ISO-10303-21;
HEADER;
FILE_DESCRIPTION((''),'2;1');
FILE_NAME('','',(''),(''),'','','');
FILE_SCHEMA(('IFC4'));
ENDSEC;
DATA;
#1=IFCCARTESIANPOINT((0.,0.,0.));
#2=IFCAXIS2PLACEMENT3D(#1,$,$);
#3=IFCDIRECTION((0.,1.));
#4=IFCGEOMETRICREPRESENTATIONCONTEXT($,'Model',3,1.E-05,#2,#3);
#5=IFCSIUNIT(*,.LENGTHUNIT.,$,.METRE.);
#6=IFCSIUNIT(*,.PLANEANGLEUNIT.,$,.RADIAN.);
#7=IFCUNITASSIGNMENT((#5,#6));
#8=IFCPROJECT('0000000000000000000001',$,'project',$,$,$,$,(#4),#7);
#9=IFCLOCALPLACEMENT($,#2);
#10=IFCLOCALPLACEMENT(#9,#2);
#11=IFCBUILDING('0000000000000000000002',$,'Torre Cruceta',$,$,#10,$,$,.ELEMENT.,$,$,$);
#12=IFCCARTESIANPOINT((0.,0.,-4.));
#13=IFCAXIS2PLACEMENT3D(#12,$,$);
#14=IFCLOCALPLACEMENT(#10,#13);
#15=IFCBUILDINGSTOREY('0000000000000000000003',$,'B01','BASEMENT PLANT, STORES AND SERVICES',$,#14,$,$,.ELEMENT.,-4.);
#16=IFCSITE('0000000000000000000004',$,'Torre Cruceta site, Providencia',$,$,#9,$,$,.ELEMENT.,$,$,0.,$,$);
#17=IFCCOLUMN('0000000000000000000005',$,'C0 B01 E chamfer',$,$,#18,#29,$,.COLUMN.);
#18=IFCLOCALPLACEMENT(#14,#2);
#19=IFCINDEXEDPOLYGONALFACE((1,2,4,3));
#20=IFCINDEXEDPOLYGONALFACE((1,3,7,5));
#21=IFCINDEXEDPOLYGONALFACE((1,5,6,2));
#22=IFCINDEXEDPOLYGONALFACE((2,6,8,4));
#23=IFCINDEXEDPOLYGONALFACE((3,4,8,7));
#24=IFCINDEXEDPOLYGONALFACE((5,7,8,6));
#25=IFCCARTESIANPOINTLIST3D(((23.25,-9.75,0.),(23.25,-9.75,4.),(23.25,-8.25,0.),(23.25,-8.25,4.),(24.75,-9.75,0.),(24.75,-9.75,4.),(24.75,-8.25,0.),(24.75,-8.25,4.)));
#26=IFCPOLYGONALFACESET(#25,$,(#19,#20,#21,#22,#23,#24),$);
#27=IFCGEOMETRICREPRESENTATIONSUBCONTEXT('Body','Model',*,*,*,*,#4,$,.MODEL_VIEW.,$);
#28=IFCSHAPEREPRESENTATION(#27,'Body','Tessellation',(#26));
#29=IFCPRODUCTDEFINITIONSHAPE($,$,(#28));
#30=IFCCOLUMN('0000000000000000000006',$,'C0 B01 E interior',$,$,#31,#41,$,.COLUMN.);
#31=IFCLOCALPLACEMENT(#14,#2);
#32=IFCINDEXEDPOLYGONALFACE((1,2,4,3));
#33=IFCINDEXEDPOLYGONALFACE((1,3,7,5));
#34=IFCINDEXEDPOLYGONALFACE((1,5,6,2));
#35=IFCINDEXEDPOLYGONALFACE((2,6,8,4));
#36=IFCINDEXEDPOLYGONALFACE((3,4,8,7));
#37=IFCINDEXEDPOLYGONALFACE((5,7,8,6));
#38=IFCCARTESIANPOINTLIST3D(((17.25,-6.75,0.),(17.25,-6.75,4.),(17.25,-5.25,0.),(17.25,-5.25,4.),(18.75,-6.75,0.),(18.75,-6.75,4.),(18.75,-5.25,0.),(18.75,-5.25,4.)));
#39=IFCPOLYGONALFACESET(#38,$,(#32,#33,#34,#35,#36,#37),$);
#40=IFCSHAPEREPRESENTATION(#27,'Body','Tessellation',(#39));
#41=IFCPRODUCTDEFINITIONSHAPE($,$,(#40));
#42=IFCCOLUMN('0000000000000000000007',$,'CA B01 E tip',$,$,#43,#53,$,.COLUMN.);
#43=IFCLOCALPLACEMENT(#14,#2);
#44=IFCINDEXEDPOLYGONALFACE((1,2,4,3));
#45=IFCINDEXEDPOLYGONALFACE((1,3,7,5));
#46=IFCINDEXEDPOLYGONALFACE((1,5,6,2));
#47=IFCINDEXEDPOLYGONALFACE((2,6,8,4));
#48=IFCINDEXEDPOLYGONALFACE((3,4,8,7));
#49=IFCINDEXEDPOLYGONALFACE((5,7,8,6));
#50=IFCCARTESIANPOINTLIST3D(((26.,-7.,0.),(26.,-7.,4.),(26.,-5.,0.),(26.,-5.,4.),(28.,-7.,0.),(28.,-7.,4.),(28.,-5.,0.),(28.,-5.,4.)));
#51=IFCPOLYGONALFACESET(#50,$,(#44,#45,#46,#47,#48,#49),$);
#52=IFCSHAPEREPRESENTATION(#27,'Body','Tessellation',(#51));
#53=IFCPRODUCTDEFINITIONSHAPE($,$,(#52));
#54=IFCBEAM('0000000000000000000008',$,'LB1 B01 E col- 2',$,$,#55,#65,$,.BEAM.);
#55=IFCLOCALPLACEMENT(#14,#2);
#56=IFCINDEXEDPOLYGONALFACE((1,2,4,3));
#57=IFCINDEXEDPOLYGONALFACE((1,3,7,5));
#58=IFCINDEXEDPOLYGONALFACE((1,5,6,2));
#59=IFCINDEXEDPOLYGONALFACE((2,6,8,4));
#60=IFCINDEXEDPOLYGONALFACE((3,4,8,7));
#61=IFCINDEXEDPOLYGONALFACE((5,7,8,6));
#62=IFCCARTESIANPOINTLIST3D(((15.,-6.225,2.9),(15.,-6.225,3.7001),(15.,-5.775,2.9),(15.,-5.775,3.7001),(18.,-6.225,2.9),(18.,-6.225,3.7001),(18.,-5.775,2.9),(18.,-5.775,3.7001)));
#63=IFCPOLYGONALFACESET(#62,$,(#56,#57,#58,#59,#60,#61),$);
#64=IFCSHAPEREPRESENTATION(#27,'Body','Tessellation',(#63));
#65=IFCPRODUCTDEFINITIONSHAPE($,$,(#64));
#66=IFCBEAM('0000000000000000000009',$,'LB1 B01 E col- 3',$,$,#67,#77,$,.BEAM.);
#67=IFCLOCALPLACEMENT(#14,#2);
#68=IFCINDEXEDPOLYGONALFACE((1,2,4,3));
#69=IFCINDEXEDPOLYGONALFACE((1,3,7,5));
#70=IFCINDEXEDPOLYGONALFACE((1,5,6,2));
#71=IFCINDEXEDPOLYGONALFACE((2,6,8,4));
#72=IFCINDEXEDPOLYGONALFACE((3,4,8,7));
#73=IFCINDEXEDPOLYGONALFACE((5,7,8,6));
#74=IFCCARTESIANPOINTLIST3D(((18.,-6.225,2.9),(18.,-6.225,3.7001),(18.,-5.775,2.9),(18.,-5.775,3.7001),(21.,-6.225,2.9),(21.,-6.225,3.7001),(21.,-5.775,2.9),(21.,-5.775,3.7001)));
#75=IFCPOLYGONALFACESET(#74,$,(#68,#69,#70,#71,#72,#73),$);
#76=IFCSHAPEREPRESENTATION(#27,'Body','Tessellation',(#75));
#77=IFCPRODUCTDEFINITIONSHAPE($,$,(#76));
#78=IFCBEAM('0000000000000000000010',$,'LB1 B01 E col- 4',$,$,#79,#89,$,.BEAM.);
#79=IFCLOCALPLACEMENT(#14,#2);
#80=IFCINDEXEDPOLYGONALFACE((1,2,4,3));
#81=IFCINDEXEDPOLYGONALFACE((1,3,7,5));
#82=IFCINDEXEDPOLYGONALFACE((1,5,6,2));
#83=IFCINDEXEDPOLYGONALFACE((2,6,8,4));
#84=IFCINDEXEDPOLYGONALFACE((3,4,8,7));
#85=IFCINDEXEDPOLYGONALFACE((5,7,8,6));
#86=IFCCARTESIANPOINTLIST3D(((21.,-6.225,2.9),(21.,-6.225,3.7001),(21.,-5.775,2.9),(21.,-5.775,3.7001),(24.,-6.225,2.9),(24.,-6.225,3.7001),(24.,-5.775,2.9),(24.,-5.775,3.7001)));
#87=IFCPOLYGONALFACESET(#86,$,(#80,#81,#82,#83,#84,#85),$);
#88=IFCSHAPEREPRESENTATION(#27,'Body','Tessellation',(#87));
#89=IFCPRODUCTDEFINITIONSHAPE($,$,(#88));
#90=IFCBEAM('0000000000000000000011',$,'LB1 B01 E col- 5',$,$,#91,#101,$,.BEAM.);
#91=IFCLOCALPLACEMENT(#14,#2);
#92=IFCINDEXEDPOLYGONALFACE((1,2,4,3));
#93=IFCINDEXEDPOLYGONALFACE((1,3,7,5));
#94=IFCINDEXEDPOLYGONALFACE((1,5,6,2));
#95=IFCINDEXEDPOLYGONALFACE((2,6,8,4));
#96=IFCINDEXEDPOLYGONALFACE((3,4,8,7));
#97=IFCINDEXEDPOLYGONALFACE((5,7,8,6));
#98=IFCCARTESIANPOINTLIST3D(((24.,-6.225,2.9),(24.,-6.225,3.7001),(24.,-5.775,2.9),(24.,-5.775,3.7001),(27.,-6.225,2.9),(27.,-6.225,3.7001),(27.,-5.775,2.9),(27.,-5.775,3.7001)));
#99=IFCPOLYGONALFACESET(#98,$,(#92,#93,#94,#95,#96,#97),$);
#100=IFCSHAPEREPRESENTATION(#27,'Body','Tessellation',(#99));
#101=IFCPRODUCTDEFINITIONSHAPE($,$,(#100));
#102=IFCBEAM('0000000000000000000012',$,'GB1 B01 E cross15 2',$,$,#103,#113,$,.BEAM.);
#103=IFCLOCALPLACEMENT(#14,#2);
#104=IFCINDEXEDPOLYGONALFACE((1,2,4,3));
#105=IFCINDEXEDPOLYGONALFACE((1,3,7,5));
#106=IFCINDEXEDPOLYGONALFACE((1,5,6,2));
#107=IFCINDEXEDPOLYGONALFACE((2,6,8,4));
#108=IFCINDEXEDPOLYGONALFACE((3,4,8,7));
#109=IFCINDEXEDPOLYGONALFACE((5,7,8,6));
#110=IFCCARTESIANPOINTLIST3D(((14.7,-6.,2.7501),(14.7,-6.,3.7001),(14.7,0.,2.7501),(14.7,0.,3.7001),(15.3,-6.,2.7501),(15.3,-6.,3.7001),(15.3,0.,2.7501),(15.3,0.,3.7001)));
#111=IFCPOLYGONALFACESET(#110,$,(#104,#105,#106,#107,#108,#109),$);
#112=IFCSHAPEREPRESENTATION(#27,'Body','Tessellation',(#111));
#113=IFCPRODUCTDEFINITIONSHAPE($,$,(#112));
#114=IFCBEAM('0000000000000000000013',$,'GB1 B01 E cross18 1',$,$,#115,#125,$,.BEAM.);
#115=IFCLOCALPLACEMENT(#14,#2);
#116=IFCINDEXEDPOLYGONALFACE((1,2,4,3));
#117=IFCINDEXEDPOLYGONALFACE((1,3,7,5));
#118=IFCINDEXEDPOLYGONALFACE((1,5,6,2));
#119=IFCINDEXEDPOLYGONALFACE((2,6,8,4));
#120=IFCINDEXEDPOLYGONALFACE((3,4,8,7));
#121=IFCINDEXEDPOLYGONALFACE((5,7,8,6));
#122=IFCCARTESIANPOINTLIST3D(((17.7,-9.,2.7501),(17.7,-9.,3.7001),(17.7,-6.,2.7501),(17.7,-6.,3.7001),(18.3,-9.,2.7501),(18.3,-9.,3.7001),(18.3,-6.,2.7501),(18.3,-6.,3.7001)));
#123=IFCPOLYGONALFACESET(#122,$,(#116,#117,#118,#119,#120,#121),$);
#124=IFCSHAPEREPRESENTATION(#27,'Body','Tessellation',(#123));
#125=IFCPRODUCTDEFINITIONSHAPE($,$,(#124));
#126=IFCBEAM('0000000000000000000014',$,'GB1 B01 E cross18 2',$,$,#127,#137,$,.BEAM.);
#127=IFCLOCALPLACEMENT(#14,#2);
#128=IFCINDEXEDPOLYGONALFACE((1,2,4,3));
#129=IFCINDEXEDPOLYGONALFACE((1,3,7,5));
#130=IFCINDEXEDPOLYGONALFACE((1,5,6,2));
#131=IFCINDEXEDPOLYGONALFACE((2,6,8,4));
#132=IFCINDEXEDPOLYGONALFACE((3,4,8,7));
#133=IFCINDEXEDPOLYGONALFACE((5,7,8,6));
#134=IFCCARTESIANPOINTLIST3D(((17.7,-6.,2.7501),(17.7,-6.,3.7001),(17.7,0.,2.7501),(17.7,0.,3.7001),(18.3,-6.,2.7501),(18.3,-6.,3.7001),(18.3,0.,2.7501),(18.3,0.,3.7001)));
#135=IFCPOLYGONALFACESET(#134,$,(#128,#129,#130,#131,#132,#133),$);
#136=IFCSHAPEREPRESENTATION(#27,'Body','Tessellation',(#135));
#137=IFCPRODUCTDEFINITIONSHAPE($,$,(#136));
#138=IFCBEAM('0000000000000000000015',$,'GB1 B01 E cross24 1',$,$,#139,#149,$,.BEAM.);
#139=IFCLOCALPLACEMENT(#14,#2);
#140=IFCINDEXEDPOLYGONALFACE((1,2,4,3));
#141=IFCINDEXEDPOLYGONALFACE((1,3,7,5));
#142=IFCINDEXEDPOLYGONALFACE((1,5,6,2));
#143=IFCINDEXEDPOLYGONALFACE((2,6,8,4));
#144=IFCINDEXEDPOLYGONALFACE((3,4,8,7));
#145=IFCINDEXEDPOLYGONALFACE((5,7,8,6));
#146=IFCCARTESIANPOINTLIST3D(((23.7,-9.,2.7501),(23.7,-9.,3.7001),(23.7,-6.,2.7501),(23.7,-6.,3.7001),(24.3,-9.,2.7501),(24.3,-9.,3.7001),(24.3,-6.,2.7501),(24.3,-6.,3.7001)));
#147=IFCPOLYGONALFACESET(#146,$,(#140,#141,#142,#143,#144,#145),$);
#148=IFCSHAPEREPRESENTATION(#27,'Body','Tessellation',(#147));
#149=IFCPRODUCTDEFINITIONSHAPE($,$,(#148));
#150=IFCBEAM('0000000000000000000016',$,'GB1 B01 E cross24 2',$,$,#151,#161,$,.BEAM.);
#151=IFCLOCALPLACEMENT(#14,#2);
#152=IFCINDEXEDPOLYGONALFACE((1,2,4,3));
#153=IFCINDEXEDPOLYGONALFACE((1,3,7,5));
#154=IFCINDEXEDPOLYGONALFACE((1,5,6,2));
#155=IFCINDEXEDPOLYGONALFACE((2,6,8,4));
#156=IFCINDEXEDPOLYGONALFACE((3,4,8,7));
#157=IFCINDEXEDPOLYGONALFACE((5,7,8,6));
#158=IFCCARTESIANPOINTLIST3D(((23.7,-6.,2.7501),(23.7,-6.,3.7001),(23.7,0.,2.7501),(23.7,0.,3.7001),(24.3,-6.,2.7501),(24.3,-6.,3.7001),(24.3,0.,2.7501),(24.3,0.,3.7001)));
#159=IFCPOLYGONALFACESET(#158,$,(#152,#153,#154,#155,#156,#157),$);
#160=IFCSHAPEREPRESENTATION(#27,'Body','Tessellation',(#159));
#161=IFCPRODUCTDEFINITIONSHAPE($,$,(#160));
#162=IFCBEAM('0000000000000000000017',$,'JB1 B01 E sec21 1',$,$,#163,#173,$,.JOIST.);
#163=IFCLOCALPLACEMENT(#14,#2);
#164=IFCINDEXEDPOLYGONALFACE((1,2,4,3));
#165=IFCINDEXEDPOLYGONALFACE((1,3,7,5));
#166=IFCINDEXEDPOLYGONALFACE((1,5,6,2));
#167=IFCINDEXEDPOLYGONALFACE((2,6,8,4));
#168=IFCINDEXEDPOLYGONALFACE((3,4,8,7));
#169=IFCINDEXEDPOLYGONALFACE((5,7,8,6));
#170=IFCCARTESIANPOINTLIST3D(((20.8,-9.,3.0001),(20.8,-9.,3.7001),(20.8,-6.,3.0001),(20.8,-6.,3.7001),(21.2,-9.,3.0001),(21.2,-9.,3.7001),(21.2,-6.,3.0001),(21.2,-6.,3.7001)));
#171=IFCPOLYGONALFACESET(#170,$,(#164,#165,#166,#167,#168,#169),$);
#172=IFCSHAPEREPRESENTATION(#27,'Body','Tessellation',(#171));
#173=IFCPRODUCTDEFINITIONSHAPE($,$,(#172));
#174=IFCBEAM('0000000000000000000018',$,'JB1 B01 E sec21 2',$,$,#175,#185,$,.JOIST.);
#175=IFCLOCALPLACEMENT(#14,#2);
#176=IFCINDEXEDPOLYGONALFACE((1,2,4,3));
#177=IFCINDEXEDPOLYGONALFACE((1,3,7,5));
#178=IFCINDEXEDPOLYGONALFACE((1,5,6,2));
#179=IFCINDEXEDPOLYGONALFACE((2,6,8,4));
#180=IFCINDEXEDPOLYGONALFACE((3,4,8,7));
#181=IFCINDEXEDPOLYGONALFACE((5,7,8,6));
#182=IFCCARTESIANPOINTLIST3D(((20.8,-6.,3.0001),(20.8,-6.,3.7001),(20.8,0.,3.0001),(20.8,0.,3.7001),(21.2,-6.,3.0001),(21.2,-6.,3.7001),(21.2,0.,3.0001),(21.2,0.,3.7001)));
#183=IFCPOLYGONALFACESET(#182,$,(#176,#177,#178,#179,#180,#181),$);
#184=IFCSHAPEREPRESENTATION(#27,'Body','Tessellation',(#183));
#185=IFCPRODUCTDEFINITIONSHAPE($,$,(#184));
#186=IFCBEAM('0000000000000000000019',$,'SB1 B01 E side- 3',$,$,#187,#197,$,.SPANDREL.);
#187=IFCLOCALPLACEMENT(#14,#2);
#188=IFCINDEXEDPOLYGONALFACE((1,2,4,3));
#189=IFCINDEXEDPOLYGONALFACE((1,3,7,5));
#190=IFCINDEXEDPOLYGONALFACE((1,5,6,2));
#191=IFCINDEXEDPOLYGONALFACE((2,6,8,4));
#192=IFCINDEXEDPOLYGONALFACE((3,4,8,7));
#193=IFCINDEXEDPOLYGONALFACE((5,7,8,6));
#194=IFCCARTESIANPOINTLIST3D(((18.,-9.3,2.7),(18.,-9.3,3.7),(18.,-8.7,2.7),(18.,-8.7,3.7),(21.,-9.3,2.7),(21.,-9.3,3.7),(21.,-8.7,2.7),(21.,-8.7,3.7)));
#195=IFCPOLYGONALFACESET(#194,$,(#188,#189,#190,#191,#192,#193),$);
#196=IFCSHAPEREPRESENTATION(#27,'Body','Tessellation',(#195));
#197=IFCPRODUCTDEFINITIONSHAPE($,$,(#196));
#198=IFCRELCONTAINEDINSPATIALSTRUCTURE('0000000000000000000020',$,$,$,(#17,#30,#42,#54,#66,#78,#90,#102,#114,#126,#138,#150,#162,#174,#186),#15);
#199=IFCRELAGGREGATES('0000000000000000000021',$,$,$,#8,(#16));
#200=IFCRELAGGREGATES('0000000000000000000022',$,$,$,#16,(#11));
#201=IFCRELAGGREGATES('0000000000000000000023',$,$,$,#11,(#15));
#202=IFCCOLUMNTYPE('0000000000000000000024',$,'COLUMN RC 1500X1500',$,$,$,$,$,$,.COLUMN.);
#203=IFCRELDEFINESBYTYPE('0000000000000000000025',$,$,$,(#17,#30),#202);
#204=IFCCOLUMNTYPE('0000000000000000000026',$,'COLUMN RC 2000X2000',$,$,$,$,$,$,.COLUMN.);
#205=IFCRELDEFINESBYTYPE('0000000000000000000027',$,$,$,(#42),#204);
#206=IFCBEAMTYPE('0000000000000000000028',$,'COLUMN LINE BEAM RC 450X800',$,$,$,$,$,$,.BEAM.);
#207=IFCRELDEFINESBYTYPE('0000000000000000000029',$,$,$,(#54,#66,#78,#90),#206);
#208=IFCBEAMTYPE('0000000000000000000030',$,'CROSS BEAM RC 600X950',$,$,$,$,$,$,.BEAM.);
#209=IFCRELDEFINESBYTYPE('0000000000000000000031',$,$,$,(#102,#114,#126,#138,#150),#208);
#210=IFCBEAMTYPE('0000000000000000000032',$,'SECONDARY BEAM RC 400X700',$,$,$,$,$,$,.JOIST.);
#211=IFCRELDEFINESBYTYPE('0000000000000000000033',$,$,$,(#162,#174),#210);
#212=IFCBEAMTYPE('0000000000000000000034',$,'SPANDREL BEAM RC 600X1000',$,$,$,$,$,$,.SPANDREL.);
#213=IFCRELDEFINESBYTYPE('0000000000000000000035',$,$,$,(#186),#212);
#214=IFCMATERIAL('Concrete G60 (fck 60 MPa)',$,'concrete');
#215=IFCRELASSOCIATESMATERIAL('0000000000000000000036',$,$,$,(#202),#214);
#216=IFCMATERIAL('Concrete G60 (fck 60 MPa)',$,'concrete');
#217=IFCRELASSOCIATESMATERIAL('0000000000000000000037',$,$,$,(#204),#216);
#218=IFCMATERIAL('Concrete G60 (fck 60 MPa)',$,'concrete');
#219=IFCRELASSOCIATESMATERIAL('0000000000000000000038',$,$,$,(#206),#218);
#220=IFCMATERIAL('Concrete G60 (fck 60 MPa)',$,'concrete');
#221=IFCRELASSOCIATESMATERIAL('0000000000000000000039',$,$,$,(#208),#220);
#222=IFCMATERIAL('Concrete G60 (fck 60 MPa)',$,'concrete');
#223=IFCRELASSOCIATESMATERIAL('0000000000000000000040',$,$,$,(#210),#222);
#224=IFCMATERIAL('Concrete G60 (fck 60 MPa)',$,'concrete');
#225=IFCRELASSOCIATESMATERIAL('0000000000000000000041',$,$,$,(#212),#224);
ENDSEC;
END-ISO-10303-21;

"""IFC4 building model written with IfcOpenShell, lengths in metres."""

from ifc_helpers import new_model, si_unit, direction, frame, origin, origin_2d, place, context, subcontext, project, spatial, rectangle, extrude, material, material_profile, profile_set, type_object, element, save


model = new_model("IFC4")

# Units and contexts
model_context = context("Model", 3, precision=1e-05, world=origin(), true_north=direction((0.0, 1.0)))
body_context = subcontext(model_context, "Body", "Model", "MODEL_VIEW")
ifc_project = project(units=[si_unit("LENGTHUNIT", "METRE"), si_unit("PLANEANGLEUNIT", "RADIAN")], contexts=[model_context])

# Site, building, storey
site_placement = place(None, origin())
site = spatial("IfcSite", under=ifc_project, at=site_placement, Name="Torre Cruceta site, Providencia", CompositionType="ELEMENT", RefElevation=0.0)
building_placement = place(site_placement, origin())
building = spatial("IfcBuilding", under=site, at=building_placement, Name="Torre Cruceta", CompositionType="ELEMENT")
storey_placement = place(building_placement, frame((0.0, 0.0, -4.0)))
storey = spatial("IfcBuildingStorey", under=building, at=storey_placement, Name="B01", Description="BASEMENT PLANT, STORES AND SERVICES", CompositionType="ELEMENT", Elevation=-4.0)

# Columns
ifc_material_1 = material(Name="Concrete G60 (fck 60 MPa)", Category="concrete")
ifc_material_profile_1 = material_profile(ifc_material_1, rectangle(XDim=1.5, YDim=1.5, at=origin_2d()), Name="RC 1500X1500")
ifc_profile_set_1 = profile_set([ifc_material_profile_1], Name="Concrete G60 (fck 60 MPa)")
column_type_1 = type_object("IfcColumnType", Name="COLUMN RC 1500X1500", PredefinedType="COLUMN", material=ifc_profile_set_1)
for number, where, z_axis, x_axis, name in (
    (1, (24.0, -9.0, 0.0), (0.0, 0.0, 1.0), (1.0, 0.0, 0.0), "C0 B01 E chamfer"),
    (2, (18.0, -6.0, 0.0), (0.0, 0.0, 1.0), (1.0, 0.0, 0.0), "C0 B01 E interior"),
):
    element("IfcColumn", number, at=place(storey_placement, frame(where, z_axis=z_axis, x_axis=x_axis)), inside=storey, type_object=column_type_1, Name=name, PredefinedType="COLUMN", context=body_context, shape_type="SweptSolid", body=[
        extrude(rectangle(XDim=1.5, YDim=1.5, at=origin_2d()), origin(), (0.0, 0.0, 1.0), 4.0),
    ])
ifc_material_2 = material(Name="Concrete G60 (fck 60 MPa)", Category="concrete")
ifc_material_profile_2 = material_profile(ifc_material_2, rectangle(XDim=2.0, YDim=2.0, at=origin_2d()), Name="RC 2000X2000")
ifc_profile_set_2 = profile_set([ifc_material_profile_2], Name="Concrete G60 (fck 60 MPa)")
column_type_2 = type_object("IfcColumnType", Name="COLUMN RC 2000X2000", PredefinedType="COLUMN", material=ifc_profile_set_2)
column_placement = place(storey_placement, frame((27.0, -6.0, 0.0), z_axis=(0.0, 0.0, 1.0), x_axis=(1.0, 0.0, 0.0)))
element("IfcColumn", 3, at=column_placement, inside=storey, type_object=column_type_2, Name="CA B01 E tip", PredefinedType="COLUMN", context=body_context, shape_type="SweptSolid", body=[
    extrude(rectangle(XDim=2.0, YDim=2.0, at=origin_2d()), origin(), (0.0, 0.0, 1.0), 4.0),
])

# Beams
ifc_material_3 = material(Name="Concrete G60 (fck 60 MPa)", Category="concrete")
ifc_material_profile_3 = material_profile(ifc_material_3, rectangle(XDim=0.45, YDim=0.8, at=origin_2d()), Name="RC 450X800")
ifc_profile_set_3 = profile_set([ifc_material_profile_3], Name="Concrete G60 (fck 60 MPa)")
beam_type_1 = type_object("IfcBeamType", Name="COLUMN LINE BEAM RC 450X800", PredefinedType="BEAM", material=ifc_profile_set_3)
for number, where, z_axis, x_axis, name in (
    (4, (15.0, -6.0, 3.3), (1.0, 0.0, 0.0), (0.0, 1.0, 0.0), "LB1 B01 E col- 2"),
    (5, (18.0, -6.0, 3.3), (1.0, 0.0, 0.0), (0.0, 1.0, 0.0), "LB1 B01 E col- 3"),
    (6, (21.0, -6.0, 3.3), (1.0, 0.0, 0.0), (0.0, 1.0, 0.0), "LB1 B01 E col- 4"),
    (7, (24.0, -6.0, 3.3), (1.0, 0.0, 0.0), (0.0, 1.0, 0.0), "LB1 B01 E col- 5"),
):
    element("IfcBeam", number, at=place(storey_placement, frame(where, z_axis=z_axis, x_axis=x_axis)), inside=storey, type_object=beam_type_1, Name=name, PredefinedType="BEAM", context=body_context, shape_type="SweptSolid", body=[
        extrude(rectangle(XDim=0.45, YDim=0.8, at=origin_2d()), origin(), (0.0, 0.0, 1.0), 3.0),
    ])
ifc_material_4 = material(Name="Concrete G60 (fck 60 MPa)", Category="concrete")
ifc_material_profile_4 = material_profile(ifc_material_4, rectangle(XDim=0.6001, YDim=0.95, at=origin_2d()), Name="RC 600X950")
ifc_profile_set_4 = profile_set([ifc_material_profile_4], Name="Concrete G60 (fck 60 MPa)")
beam_type_2 = type_object("IfcBeamType", Name="CROSS BEAM RC 600X950", PredefinedType="BEAM", material=ifc_profile_set_4)
beam_1_placement = place(storey_placement, frame((15.0, -6.0, 3.2251), z_axis=(0.0, 1.0, 0.0), x_axis=(-1.0, 0.0, 0.0)))
element("IfcBeam", 8, at=beam_1_placement, inside=storey, type_object=beam_type_2, Name="GB1 B01 E cross15 2", PredefinedType="BEAM", context=body_context, shape_type="SweptSolid", body=[
    extrude(rectangle(XDim=0.6001, YDim=0.95, at=origin_2d()), origin(), (0.0, 0.0, 1.0), 6.0),
])
beam_2_placement = place(storey_placement, frame((18.0, -9.0, 3.2251), z_axis=(0.0, 1.0, 0.0), x_axis=(-1.0, 0.0, 0.0)))
element("IfcBeam", 9, at=beam_2_placement, inside=storey, type_object=beam_type_2, Name="GB1 B01 E cross18 1", PredefinedType="BEAM", context=body_context, shape_type="SweptSolid", body=[
    extrude(rectangle(XDim=0.6001, YDim=0.95, at=origin_2d()), origin(), (0.0, 0.0, 1.0), 3.0),
])
beam_3_placement = place(storey_placement, frame((18.0, -6.0, 3.2251), z_axis=(0.0, 1.0, 0.0), x_axis=(-1.0, 0.0, 0.0)))
element("IfcBeam", 10, at=beam_3_placement, inside=storey, type_object=beam_type_2, Name="GB1 B01 E cross18 2", PredefinedType="BEAM", context=body_context, shape_type="SweptSolid", body=[
    extrude(rectangle(XDim=0.6001, YDim=0.95, at=origin_2d()), origin(), (0.0, 0.0, 1.0), 6.0),
])
beam_4_placement = place(storey_placement, frame((24.0, -9.0, 3.2251), z_axis=(0.0, 1.0, 0.0), x_axis=(-1.0, 0.0, 0.0)))
element("IfcBeam", 11, at=beam_4_placement, inside=storey, type_object=beam_type_2, Name="GB1 B01 E cross24 1", PredefinedType="BEAM", context=body_context, shape_type="SweptSolid", body=[
    extrude(rectangle(XDim=0.6001, YDim=0.95, at=origin_2d()), origin(), (0.0, 0.0, 1.0), 3.0),
])
beam_5_placement = place(storey_placement, frame((24.0, -6.0, 3.2251), z_axis=(0.0, 1.0, 0.0), x_axis=(-1.0, 0.0, 0.0)))
element("IfcBeam", 12, at=beam_5_placement, inside=storey, type_object=beam_type_2, Name="GB1 B01 E cross24 2", PredefinedType="BEAM", context=body_context, shape_type="SweptSolid", body=[
    extrude(rectangle(XDim=0.6001, YDim=0.95, at=origin_2d()), origin(), (0.0, 0.0, 1.0), 6.0),
])
ifc_material_5 = material(Name="Concrete G60 (fck 60 MPa)", Category="concrete")
ifc_material_profile_5 = material_profile(ifc_material_5, rectangle(XDim=0.3999, YDim=0.7, at=origin_2d()), Name="RC 400X700")
ifc_profile_set_5 = profile_set([ifc_material_profile_5], Name="Concrete G60 (fck 60 MPa)")
beam_type_3 = type_object("IfcBeamType", Name="SECONDARY BEAM RC 400X700", PredefinedType="JOIST", material=ifc_profile_set_5)
beam_6_placement = place(storey_placement, frame((21.0, -9.0, 3.3501), z_axis=(0.0, 1.0, 0.0), x_axis=(-1.0, 0.0, 0.0)))
element("IfcBeam", 13, at=beam_6_placement, inside=storey, type_object=beam_type_3, Name="JB1 B01 E sec21 1", PredefinedType="JOIST", context=body_context, shape_type="SweptSolid", body=[
    extrude(rectangle(XDim=0.3999, YDim=0.7, at=origin_2d()), origin(), (0.0, 0.0, 1.0), 3.0),
])
beam_7_placement = place(storey_placement, frame((21.0, -6.0, 3.3501), z_axis=(0.0, 1.0, 0.0), x_axis=(-1.0, 0.0, 0.0)))
element("IfcBeam", 14, at=beam_7_placement, inside=storey, type_object=beam_type_3, Name="JB1 B01 E sec21 2", PredefinedType="JOIST", context=body_context, shape_type="SweptSolid", body=[
    extrude(rectangle(XDim=0.3999, YDim=0.7, at=origin_2d()), origin(), (0.0, 0.0, 1.0), 6.0),
])
ifc_material_6 = material(Name="Concrete G60 (fck 60 MPa)", Category="concrete")
ifc_material_profile_6 = material_profile(ifc_material_6, rectangle(XDim=0.6001, YDim=1.0, at=origin_2d()), Name="RC 600X1000")
ifc_profile_set_6 = profile_set([ifc_material_profile_6], Name="Concrete G60 (fck 60 MPa)")
beam_type_4 = type_object("IfcBeamType", Name="SPANDREL BEAM RC 600X1000", PredefinedType="SPANDREL", material=ifc_profile_set_6)
beam_8_placement = place(storey_placement, frame((18.0, -9.0, 3.2), z_axis=(1.0, 0.0, 0.0), x_axis=(0.0, 1.0, 0.0)))
element("IfcBeam", 15, at=beam_8_placement, inside=storey, type_object=beam_type_4, Name="SB1 B01 E side- 3", PredefinedType="SPANDREL", context=body_context, shape_type="SweptSolid", body=[
    extrude(rectangle(XDim=0.6001, YDim=1.0, at=origin_2d()), origin(), (0.0, 0.0, 1.0), 3.0),
])

save(model, "model.ifc")
